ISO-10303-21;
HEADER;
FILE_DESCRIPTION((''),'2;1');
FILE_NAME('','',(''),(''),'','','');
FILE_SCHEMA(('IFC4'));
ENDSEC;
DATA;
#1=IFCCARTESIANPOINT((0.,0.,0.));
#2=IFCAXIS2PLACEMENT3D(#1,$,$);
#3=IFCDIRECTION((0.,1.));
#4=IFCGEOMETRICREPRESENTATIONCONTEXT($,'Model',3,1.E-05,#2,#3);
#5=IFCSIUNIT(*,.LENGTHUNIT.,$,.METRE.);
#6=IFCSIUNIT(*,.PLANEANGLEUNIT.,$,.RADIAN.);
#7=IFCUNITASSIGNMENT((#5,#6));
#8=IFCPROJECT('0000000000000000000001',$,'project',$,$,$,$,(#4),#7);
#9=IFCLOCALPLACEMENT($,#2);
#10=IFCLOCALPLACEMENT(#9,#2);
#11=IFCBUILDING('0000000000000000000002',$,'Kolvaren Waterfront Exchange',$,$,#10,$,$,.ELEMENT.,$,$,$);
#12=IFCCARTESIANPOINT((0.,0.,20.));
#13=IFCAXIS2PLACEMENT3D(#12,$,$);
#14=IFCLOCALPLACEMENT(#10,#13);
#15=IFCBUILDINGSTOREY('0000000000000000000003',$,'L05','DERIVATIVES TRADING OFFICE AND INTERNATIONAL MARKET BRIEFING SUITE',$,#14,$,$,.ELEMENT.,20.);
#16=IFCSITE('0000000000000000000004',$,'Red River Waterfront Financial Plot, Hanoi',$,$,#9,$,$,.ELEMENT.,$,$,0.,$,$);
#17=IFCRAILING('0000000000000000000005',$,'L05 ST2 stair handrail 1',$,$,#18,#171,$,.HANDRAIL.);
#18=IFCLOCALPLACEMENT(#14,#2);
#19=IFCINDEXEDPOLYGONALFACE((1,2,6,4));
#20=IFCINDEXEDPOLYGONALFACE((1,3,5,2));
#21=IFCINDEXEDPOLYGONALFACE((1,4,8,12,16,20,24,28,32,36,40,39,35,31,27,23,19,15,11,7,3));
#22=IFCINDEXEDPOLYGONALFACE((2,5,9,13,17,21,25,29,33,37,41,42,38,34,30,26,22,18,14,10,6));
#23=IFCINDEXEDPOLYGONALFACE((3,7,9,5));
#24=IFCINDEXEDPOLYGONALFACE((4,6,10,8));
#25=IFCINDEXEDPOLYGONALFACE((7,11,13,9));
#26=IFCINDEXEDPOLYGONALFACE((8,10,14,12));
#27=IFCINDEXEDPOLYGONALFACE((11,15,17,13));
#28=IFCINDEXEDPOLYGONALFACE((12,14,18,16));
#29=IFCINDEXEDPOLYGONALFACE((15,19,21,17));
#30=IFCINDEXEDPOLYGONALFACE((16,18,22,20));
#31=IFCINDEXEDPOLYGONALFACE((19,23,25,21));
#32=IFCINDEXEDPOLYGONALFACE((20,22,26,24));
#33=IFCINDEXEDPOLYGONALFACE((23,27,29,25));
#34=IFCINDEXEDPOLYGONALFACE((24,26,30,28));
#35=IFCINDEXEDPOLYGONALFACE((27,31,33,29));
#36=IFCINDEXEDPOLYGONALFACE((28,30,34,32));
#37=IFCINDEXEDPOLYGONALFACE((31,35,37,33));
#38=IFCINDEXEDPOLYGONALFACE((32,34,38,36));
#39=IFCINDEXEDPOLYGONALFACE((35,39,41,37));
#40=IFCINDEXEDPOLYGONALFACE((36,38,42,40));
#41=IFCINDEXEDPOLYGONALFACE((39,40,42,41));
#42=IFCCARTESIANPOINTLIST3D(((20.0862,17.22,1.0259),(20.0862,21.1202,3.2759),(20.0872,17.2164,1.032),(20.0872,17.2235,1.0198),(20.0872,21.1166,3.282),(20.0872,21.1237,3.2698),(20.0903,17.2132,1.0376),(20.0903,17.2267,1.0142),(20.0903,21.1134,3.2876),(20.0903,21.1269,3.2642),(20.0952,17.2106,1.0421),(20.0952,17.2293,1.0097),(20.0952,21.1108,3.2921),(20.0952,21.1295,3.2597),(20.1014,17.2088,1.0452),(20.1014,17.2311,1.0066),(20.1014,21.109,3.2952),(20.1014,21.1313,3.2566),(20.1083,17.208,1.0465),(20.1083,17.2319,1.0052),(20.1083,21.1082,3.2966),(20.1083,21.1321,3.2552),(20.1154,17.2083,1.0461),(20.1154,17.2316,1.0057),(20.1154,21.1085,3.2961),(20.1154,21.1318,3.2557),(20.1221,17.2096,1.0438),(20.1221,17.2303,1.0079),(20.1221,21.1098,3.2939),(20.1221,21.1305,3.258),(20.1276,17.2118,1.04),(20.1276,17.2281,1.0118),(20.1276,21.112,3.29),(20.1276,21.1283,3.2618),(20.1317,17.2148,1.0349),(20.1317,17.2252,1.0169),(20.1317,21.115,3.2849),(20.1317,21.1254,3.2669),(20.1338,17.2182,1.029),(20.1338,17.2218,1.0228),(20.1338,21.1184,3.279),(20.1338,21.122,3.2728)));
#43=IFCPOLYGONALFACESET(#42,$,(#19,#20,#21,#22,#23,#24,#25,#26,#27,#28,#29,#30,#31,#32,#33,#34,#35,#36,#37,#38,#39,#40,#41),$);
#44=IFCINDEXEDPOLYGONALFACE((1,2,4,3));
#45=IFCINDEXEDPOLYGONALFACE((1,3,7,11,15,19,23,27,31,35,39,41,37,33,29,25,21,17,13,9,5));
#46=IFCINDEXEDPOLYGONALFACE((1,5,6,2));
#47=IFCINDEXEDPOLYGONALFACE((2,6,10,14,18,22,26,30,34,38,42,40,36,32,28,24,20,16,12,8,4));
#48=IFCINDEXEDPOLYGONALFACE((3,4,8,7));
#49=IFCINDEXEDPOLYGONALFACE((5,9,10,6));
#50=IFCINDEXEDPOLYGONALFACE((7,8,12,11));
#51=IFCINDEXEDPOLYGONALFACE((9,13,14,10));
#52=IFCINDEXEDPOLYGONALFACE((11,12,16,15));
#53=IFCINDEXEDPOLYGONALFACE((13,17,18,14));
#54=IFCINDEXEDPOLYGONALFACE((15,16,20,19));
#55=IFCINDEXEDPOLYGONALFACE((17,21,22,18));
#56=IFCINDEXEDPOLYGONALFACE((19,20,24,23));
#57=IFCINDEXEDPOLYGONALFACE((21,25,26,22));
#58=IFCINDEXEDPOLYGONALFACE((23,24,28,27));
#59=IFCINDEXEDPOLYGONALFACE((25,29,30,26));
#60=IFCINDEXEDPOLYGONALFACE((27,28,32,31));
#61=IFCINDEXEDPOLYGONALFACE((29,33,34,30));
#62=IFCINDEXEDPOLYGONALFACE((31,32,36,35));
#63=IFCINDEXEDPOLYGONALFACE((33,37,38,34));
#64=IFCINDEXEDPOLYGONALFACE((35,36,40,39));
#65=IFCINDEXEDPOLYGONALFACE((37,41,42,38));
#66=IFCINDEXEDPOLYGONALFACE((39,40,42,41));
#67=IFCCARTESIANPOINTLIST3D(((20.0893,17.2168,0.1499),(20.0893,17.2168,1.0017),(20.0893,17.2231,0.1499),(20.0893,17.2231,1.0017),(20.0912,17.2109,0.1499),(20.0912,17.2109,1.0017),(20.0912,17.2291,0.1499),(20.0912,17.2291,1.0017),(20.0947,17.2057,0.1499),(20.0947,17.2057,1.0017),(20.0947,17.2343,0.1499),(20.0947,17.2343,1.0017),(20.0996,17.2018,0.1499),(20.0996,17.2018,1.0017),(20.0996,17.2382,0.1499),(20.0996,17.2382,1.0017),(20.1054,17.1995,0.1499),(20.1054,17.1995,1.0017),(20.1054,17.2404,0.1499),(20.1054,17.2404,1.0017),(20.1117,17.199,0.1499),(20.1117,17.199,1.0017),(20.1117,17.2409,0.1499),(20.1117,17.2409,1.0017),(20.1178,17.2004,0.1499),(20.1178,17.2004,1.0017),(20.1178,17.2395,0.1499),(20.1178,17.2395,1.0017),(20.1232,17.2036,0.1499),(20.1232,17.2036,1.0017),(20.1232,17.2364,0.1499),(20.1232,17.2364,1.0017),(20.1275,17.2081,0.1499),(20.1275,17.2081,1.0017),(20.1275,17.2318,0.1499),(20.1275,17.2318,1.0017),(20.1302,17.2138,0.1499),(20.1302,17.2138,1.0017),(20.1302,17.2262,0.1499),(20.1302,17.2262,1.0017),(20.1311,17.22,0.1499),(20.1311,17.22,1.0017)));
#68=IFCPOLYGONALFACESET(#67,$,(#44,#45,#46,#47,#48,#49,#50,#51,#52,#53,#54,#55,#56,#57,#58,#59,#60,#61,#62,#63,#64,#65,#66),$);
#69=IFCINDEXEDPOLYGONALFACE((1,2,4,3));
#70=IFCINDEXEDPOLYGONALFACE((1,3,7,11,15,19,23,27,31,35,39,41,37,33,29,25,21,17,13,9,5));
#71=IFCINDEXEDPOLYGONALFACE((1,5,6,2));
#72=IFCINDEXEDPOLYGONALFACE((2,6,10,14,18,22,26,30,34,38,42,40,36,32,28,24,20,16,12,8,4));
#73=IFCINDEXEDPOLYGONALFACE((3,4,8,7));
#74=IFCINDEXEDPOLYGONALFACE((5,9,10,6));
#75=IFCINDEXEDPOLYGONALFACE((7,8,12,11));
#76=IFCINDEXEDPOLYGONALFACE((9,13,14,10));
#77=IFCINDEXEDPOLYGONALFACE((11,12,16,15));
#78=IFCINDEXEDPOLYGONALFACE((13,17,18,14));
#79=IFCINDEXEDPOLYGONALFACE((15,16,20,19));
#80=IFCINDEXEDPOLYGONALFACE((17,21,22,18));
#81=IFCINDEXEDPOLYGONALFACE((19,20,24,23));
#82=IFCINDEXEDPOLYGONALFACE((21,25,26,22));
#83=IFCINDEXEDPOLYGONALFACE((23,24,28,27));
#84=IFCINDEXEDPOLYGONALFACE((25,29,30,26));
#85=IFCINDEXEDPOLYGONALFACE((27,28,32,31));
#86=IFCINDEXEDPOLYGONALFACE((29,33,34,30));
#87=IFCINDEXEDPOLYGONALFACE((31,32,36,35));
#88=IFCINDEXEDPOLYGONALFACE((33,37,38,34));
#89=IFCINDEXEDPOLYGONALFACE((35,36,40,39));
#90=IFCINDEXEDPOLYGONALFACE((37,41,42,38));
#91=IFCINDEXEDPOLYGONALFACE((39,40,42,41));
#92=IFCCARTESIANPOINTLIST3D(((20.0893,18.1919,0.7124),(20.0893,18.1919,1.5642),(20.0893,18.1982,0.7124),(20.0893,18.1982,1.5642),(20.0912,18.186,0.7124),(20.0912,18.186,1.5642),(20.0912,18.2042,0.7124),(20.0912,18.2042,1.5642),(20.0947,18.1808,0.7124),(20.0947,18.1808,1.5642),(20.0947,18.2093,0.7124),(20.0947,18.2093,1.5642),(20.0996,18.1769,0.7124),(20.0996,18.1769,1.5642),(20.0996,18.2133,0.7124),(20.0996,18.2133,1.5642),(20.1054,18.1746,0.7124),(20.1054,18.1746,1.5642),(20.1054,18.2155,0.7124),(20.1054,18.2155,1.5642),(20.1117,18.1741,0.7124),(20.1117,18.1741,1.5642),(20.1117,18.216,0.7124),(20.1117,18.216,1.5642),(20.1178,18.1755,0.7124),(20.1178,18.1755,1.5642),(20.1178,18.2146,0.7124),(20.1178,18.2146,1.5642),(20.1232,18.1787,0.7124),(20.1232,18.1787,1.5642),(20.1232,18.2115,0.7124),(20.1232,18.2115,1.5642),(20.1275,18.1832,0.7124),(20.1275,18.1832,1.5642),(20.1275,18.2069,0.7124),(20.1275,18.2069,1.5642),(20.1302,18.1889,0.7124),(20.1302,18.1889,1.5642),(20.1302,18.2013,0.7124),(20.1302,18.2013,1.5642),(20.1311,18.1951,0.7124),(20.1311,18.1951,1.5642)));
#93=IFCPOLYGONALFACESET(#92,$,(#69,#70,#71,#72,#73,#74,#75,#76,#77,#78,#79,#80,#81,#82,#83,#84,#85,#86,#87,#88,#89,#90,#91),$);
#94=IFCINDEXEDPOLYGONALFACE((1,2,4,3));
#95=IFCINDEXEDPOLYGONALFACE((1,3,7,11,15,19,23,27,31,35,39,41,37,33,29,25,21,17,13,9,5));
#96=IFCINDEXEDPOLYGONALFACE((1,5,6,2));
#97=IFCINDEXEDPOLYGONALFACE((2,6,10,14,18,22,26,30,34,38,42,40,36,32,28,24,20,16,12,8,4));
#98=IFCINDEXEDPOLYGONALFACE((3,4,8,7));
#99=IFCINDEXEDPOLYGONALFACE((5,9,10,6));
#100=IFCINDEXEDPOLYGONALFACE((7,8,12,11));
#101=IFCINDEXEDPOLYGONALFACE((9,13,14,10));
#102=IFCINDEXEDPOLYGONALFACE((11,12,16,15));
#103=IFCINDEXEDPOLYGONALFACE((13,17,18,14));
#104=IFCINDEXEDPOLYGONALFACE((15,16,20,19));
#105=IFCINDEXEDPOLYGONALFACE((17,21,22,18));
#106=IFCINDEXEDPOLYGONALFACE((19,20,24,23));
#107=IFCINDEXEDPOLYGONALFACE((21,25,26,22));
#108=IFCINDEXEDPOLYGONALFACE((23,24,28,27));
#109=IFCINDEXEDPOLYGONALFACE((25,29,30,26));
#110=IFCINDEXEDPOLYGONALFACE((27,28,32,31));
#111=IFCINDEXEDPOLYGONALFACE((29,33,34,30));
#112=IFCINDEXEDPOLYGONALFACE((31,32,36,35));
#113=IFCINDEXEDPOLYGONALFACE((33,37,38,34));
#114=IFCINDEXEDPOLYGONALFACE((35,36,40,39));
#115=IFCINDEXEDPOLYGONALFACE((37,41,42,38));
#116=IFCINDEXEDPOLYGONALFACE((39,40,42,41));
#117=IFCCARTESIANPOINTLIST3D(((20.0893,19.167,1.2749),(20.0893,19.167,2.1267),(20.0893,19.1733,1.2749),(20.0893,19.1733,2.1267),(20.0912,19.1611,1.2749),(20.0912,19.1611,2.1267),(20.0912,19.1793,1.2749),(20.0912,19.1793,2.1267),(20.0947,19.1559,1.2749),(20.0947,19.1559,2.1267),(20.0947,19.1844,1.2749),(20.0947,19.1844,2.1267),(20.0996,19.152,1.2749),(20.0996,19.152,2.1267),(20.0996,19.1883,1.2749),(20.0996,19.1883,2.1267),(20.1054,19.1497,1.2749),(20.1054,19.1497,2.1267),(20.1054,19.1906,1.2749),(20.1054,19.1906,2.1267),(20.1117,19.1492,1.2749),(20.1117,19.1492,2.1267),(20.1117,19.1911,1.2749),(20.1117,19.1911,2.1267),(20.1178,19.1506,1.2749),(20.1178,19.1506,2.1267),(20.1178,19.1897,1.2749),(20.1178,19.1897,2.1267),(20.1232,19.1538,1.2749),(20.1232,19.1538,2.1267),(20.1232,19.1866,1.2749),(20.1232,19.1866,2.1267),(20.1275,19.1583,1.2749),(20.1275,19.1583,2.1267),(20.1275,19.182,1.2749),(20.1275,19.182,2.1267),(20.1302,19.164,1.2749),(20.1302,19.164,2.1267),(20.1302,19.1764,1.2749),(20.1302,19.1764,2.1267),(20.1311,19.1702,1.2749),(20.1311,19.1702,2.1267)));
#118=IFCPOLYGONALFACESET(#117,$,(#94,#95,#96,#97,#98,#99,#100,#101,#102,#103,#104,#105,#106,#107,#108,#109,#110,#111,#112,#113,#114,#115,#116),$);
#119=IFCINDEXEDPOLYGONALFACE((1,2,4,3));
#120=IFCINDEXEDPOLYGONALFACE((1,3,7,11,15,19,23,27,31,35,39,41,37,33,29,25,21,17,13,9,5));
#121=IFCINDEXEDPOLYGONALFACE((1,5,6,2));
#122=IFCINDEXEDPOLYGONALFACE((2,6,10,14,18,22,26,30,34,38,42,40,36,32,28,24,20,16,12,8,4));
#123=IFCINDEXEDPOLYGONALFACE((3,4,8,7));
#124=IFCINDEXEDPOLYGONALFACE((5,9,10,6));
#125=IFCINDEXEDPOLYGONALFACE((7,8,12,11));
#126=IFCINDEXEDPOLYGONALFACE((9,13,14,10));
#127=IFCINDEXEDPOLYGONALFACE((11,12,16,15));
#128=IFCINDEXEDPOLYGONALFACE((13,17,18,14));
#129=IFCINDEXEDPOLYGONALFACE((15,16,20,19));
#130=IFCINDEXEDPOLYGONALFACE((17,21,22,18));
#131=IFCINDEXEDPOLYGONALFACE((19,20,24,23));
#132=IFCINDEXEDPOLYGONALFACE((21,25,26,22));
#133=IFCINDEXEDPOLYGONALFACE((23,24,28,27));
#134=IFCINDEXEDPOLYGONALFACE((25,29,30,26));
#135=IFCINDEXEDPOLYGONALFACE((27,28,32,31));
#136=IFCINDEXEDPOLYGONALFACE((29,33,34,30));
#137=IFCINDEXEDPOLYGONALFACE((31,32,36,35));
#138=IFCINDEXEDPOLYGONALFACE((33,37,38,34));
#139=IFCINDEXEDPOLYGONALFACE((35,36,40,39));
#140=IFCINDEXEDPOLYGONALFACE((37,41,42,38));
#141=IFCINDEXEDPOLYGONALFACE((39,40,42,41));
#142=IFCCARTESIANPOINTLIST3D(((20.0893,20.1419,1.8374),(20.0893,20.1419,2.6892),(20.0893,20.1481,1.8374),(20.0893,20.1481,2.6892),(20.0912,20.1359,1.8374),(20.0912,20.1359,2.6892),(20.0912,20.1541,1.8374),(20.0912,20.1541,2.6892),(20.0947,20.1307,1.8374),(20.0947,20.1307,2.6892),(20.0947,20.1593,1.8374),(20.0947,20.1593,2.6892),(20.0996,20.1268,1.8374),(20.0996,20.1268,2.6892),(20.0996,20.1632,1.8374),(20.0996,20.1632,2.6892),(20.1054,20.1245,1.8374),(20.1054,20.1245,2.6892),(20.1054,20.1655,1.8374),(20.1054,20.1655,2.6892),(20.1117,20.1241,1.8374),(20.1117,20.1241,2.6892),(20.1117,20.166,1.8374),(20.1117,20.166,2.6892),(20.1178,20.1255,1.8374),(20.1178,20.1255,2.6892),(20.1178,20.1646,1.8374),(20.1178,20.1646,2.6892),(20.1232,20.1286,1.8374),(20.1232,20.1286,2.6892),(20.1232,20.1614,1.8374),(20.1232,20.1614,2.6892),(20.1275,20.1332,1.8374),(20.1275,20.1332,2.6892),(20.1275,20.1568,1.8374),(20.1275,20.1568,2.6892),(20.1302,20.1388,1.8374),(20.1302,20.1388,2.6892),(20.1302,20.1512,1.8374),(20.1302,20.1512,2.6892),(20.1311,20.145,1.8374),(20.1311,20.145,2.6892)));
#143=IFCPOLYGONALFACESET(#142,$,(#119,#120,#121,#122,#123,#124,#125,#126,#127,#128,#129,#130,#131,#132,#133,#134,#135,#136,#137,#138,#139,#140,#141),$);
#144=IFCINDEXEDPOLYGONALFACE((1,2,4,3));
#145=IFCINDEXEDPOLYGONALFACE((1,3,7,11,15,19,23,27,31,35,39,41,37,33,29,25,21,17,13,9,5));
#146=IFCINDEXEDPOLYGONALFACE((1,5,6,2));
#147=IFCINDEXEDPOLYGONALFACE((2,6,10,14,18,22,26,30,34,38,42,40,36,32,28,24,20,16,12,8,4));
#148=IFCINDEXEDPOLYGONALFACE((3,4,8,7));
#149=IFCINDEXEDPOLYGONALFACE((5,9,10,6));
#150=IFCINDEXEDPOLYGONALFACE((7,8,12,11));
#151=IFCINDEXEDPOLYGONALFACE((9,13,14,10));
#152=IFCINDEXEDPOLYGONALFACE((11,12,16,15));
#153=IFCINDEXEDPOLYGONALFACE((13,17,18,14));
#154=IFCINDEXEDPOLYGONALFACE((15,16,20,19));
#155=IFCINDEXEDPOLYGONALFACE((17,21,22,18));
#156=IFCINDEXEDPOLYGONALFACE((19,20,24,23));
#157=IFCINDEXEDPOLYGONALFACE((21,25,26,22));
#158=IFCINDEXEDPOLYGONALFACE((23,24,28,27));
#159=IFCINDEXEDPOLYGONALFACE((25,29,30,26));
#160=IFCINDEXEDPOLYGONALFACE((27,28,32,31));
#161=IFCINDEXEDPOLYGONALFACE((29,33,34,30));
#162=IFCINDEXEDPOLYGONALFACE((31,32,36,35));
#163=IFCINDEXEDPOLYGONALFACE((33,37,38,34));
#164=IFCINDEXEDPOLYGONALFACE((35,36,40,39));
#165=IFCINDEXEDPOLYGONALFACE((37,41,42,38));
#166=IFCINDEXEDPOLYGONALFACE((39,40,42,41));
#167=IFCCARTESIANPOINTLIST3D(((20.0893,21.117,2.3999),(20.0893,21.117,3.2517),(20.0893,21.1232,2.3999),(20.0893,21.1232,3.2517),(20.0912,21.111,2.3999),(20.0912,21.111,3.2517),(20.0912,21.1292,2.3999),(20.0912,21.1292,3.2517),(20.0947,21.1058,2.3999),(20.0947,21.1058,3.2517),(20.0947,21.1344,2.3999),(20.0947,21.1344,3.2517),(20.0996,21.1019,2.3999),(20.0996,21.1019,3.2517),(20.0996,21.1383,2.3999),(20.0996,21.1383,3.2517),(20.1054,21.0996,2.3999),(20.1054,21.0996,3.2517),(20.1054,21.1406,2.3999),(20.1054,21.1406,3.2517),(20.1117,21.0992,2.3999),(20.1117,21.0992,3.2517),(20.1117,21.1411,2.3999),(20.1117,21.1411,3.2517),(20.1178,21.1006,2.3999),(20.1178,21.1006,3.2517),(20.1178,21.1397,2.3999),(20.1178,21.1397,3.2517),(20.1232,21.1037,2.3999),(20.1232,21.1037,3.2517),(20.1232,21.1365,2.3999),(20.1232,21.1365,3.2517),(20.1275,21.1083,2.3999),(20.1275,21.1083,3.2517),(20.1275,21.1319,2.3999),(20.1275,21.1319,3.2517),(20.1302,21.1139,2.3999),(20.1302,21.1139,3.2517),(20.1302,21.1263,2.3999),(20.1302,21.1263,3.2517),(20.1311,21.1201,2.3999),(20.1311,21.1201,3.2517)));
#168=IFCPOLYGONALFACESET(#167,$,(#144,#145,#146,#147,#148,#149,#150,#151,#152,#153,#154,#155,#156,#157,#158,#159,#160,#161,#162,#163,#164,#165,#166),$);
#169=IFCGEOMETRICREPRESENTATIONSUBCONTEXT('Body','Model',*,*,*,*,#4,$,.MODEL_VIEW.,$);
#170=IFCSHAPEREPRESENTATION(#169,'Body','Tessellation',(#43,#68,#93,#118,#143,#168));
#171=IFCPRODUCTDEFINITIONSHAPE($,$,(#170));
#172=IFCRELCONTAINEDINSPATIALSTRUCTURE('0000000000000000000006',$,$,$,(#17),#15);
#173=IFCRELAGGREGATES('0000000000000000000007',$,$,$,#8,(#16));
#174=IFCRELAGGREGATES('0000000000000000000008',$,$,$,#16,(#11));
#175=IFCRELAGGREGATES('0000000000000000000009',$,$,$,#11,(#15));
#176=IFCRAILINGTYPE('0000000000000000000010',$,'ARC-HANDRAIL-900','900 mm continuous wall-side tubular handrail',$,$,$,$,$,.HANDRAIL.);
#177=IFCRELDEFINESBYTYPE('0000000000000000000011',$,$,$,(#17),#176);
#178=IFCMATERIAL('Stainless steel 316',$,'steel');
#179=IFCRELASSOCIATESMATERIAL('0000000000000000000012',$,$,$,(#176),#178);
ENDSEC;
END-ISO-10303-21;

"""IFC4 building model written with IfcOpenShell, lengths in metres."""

from ifc_helpers import new_model, si_unit, direction, frame, origin, origin_2d, place, context, subcontext, project, spatial, circle, extrude, material, type_object, element, save


model = new_model("IFC4")

# Units and contexts
model_context = context("Model", 3, precision=1e-05, world=origin(), true_north=direction((0.0, 1.0)))
body_context = subcontext(model_context, "Body", "Model", "MODEL_VIEW")
ifc_project = project(units=[si_unit("LENGTHUNIT", "METRE"), si_unit("PLANEANGLEUNIT", "RADIAN")], contexts=[model_context])

# Site, building, storey
site_placement = place(None, origin())
site = spatial("IfcSite", under=ifc_project, at=site_placement, Name="Red River Waterfront Financial Plot, Hanoi", CompositionType="ELEMENT", RefElevation=0.0)
building_placement = place(site_placement, origin())
building = spatial("IfcBuilding", under=site, at=building_placement, Name="Kolvaren Waterfront Exchange", CompositionType="ELEMENT")
storey_placement = place(building_placement, frame((0.0, 0.0, 20.0)))
storey = spatial("IfcBuildingStorey", under=building, at=storey_placement, Name="L05", Description="DERIVATIVES TRADING OFFICE AND INTERNATIONAL MARKET BRIEFING SUITE", CompositionType="ELEMENT", Elevation=20.0)

# Railing
ifc_material_1 = material(Name="Stainless steel 316", Category="steel")
railing_type_1 = type_object("IfcRailingType", Name="ARC-HANDRAIL-900", Description="900 mm continuous wall-side tubular handrail", PredefinedType="HANDRAIL", material=ifc_material_1)
railing_1_placement = place(storey_placement, frame((20.1101, 17.22, 0.1499)))
element("IfcRailing", 1, at=railing_1_placement, inside=storey, type_object=railing_type_1, Name="L05 ST2 stair handrail 1", PredefinedType="HANDRAIL", context=body_context, shape_type="SweptSolid", body=[
    extrude(circle(Radius=0.0239, at=origin_2d()), frame((0.0, 0.0, 0.876), z_axis=(0.0, 0.866194, 0.499708), x_axis=(-1.0, 0.0, 0.0)), (0.0, 0.0, 1.0), 4.5027),
    extrude(circle(Radius=0.021, at=origin_2d()), origin(), (0.0, 0.0, 1.0), 0.8518),
    extrude(circle(Radius=0.021, at=origin_2d()), frame((0.0, 0.9751, 0.5625)), (0.0, 0.0, 1.0), 0.8518),
    extrude(circle(Radius=0.021, at=origin_2d()), frame((0.0, 1.9502, 1.125)), (0.0, 0.0, 1.0), 0.8518),
    extrude(circle(Radius=0.021, at=origin_2d()), frame((0.0, 2.925, 1.6875)), (0.0, 0.0, 1.0), 0.8518),
    extrude(circle(Radius=0.021, at=origin_2d()), frame((0.0, 3.9001, 2.25)), (0.0, 0.0, 1.0), 0.8518),
])

save(model, "model.ifc")
